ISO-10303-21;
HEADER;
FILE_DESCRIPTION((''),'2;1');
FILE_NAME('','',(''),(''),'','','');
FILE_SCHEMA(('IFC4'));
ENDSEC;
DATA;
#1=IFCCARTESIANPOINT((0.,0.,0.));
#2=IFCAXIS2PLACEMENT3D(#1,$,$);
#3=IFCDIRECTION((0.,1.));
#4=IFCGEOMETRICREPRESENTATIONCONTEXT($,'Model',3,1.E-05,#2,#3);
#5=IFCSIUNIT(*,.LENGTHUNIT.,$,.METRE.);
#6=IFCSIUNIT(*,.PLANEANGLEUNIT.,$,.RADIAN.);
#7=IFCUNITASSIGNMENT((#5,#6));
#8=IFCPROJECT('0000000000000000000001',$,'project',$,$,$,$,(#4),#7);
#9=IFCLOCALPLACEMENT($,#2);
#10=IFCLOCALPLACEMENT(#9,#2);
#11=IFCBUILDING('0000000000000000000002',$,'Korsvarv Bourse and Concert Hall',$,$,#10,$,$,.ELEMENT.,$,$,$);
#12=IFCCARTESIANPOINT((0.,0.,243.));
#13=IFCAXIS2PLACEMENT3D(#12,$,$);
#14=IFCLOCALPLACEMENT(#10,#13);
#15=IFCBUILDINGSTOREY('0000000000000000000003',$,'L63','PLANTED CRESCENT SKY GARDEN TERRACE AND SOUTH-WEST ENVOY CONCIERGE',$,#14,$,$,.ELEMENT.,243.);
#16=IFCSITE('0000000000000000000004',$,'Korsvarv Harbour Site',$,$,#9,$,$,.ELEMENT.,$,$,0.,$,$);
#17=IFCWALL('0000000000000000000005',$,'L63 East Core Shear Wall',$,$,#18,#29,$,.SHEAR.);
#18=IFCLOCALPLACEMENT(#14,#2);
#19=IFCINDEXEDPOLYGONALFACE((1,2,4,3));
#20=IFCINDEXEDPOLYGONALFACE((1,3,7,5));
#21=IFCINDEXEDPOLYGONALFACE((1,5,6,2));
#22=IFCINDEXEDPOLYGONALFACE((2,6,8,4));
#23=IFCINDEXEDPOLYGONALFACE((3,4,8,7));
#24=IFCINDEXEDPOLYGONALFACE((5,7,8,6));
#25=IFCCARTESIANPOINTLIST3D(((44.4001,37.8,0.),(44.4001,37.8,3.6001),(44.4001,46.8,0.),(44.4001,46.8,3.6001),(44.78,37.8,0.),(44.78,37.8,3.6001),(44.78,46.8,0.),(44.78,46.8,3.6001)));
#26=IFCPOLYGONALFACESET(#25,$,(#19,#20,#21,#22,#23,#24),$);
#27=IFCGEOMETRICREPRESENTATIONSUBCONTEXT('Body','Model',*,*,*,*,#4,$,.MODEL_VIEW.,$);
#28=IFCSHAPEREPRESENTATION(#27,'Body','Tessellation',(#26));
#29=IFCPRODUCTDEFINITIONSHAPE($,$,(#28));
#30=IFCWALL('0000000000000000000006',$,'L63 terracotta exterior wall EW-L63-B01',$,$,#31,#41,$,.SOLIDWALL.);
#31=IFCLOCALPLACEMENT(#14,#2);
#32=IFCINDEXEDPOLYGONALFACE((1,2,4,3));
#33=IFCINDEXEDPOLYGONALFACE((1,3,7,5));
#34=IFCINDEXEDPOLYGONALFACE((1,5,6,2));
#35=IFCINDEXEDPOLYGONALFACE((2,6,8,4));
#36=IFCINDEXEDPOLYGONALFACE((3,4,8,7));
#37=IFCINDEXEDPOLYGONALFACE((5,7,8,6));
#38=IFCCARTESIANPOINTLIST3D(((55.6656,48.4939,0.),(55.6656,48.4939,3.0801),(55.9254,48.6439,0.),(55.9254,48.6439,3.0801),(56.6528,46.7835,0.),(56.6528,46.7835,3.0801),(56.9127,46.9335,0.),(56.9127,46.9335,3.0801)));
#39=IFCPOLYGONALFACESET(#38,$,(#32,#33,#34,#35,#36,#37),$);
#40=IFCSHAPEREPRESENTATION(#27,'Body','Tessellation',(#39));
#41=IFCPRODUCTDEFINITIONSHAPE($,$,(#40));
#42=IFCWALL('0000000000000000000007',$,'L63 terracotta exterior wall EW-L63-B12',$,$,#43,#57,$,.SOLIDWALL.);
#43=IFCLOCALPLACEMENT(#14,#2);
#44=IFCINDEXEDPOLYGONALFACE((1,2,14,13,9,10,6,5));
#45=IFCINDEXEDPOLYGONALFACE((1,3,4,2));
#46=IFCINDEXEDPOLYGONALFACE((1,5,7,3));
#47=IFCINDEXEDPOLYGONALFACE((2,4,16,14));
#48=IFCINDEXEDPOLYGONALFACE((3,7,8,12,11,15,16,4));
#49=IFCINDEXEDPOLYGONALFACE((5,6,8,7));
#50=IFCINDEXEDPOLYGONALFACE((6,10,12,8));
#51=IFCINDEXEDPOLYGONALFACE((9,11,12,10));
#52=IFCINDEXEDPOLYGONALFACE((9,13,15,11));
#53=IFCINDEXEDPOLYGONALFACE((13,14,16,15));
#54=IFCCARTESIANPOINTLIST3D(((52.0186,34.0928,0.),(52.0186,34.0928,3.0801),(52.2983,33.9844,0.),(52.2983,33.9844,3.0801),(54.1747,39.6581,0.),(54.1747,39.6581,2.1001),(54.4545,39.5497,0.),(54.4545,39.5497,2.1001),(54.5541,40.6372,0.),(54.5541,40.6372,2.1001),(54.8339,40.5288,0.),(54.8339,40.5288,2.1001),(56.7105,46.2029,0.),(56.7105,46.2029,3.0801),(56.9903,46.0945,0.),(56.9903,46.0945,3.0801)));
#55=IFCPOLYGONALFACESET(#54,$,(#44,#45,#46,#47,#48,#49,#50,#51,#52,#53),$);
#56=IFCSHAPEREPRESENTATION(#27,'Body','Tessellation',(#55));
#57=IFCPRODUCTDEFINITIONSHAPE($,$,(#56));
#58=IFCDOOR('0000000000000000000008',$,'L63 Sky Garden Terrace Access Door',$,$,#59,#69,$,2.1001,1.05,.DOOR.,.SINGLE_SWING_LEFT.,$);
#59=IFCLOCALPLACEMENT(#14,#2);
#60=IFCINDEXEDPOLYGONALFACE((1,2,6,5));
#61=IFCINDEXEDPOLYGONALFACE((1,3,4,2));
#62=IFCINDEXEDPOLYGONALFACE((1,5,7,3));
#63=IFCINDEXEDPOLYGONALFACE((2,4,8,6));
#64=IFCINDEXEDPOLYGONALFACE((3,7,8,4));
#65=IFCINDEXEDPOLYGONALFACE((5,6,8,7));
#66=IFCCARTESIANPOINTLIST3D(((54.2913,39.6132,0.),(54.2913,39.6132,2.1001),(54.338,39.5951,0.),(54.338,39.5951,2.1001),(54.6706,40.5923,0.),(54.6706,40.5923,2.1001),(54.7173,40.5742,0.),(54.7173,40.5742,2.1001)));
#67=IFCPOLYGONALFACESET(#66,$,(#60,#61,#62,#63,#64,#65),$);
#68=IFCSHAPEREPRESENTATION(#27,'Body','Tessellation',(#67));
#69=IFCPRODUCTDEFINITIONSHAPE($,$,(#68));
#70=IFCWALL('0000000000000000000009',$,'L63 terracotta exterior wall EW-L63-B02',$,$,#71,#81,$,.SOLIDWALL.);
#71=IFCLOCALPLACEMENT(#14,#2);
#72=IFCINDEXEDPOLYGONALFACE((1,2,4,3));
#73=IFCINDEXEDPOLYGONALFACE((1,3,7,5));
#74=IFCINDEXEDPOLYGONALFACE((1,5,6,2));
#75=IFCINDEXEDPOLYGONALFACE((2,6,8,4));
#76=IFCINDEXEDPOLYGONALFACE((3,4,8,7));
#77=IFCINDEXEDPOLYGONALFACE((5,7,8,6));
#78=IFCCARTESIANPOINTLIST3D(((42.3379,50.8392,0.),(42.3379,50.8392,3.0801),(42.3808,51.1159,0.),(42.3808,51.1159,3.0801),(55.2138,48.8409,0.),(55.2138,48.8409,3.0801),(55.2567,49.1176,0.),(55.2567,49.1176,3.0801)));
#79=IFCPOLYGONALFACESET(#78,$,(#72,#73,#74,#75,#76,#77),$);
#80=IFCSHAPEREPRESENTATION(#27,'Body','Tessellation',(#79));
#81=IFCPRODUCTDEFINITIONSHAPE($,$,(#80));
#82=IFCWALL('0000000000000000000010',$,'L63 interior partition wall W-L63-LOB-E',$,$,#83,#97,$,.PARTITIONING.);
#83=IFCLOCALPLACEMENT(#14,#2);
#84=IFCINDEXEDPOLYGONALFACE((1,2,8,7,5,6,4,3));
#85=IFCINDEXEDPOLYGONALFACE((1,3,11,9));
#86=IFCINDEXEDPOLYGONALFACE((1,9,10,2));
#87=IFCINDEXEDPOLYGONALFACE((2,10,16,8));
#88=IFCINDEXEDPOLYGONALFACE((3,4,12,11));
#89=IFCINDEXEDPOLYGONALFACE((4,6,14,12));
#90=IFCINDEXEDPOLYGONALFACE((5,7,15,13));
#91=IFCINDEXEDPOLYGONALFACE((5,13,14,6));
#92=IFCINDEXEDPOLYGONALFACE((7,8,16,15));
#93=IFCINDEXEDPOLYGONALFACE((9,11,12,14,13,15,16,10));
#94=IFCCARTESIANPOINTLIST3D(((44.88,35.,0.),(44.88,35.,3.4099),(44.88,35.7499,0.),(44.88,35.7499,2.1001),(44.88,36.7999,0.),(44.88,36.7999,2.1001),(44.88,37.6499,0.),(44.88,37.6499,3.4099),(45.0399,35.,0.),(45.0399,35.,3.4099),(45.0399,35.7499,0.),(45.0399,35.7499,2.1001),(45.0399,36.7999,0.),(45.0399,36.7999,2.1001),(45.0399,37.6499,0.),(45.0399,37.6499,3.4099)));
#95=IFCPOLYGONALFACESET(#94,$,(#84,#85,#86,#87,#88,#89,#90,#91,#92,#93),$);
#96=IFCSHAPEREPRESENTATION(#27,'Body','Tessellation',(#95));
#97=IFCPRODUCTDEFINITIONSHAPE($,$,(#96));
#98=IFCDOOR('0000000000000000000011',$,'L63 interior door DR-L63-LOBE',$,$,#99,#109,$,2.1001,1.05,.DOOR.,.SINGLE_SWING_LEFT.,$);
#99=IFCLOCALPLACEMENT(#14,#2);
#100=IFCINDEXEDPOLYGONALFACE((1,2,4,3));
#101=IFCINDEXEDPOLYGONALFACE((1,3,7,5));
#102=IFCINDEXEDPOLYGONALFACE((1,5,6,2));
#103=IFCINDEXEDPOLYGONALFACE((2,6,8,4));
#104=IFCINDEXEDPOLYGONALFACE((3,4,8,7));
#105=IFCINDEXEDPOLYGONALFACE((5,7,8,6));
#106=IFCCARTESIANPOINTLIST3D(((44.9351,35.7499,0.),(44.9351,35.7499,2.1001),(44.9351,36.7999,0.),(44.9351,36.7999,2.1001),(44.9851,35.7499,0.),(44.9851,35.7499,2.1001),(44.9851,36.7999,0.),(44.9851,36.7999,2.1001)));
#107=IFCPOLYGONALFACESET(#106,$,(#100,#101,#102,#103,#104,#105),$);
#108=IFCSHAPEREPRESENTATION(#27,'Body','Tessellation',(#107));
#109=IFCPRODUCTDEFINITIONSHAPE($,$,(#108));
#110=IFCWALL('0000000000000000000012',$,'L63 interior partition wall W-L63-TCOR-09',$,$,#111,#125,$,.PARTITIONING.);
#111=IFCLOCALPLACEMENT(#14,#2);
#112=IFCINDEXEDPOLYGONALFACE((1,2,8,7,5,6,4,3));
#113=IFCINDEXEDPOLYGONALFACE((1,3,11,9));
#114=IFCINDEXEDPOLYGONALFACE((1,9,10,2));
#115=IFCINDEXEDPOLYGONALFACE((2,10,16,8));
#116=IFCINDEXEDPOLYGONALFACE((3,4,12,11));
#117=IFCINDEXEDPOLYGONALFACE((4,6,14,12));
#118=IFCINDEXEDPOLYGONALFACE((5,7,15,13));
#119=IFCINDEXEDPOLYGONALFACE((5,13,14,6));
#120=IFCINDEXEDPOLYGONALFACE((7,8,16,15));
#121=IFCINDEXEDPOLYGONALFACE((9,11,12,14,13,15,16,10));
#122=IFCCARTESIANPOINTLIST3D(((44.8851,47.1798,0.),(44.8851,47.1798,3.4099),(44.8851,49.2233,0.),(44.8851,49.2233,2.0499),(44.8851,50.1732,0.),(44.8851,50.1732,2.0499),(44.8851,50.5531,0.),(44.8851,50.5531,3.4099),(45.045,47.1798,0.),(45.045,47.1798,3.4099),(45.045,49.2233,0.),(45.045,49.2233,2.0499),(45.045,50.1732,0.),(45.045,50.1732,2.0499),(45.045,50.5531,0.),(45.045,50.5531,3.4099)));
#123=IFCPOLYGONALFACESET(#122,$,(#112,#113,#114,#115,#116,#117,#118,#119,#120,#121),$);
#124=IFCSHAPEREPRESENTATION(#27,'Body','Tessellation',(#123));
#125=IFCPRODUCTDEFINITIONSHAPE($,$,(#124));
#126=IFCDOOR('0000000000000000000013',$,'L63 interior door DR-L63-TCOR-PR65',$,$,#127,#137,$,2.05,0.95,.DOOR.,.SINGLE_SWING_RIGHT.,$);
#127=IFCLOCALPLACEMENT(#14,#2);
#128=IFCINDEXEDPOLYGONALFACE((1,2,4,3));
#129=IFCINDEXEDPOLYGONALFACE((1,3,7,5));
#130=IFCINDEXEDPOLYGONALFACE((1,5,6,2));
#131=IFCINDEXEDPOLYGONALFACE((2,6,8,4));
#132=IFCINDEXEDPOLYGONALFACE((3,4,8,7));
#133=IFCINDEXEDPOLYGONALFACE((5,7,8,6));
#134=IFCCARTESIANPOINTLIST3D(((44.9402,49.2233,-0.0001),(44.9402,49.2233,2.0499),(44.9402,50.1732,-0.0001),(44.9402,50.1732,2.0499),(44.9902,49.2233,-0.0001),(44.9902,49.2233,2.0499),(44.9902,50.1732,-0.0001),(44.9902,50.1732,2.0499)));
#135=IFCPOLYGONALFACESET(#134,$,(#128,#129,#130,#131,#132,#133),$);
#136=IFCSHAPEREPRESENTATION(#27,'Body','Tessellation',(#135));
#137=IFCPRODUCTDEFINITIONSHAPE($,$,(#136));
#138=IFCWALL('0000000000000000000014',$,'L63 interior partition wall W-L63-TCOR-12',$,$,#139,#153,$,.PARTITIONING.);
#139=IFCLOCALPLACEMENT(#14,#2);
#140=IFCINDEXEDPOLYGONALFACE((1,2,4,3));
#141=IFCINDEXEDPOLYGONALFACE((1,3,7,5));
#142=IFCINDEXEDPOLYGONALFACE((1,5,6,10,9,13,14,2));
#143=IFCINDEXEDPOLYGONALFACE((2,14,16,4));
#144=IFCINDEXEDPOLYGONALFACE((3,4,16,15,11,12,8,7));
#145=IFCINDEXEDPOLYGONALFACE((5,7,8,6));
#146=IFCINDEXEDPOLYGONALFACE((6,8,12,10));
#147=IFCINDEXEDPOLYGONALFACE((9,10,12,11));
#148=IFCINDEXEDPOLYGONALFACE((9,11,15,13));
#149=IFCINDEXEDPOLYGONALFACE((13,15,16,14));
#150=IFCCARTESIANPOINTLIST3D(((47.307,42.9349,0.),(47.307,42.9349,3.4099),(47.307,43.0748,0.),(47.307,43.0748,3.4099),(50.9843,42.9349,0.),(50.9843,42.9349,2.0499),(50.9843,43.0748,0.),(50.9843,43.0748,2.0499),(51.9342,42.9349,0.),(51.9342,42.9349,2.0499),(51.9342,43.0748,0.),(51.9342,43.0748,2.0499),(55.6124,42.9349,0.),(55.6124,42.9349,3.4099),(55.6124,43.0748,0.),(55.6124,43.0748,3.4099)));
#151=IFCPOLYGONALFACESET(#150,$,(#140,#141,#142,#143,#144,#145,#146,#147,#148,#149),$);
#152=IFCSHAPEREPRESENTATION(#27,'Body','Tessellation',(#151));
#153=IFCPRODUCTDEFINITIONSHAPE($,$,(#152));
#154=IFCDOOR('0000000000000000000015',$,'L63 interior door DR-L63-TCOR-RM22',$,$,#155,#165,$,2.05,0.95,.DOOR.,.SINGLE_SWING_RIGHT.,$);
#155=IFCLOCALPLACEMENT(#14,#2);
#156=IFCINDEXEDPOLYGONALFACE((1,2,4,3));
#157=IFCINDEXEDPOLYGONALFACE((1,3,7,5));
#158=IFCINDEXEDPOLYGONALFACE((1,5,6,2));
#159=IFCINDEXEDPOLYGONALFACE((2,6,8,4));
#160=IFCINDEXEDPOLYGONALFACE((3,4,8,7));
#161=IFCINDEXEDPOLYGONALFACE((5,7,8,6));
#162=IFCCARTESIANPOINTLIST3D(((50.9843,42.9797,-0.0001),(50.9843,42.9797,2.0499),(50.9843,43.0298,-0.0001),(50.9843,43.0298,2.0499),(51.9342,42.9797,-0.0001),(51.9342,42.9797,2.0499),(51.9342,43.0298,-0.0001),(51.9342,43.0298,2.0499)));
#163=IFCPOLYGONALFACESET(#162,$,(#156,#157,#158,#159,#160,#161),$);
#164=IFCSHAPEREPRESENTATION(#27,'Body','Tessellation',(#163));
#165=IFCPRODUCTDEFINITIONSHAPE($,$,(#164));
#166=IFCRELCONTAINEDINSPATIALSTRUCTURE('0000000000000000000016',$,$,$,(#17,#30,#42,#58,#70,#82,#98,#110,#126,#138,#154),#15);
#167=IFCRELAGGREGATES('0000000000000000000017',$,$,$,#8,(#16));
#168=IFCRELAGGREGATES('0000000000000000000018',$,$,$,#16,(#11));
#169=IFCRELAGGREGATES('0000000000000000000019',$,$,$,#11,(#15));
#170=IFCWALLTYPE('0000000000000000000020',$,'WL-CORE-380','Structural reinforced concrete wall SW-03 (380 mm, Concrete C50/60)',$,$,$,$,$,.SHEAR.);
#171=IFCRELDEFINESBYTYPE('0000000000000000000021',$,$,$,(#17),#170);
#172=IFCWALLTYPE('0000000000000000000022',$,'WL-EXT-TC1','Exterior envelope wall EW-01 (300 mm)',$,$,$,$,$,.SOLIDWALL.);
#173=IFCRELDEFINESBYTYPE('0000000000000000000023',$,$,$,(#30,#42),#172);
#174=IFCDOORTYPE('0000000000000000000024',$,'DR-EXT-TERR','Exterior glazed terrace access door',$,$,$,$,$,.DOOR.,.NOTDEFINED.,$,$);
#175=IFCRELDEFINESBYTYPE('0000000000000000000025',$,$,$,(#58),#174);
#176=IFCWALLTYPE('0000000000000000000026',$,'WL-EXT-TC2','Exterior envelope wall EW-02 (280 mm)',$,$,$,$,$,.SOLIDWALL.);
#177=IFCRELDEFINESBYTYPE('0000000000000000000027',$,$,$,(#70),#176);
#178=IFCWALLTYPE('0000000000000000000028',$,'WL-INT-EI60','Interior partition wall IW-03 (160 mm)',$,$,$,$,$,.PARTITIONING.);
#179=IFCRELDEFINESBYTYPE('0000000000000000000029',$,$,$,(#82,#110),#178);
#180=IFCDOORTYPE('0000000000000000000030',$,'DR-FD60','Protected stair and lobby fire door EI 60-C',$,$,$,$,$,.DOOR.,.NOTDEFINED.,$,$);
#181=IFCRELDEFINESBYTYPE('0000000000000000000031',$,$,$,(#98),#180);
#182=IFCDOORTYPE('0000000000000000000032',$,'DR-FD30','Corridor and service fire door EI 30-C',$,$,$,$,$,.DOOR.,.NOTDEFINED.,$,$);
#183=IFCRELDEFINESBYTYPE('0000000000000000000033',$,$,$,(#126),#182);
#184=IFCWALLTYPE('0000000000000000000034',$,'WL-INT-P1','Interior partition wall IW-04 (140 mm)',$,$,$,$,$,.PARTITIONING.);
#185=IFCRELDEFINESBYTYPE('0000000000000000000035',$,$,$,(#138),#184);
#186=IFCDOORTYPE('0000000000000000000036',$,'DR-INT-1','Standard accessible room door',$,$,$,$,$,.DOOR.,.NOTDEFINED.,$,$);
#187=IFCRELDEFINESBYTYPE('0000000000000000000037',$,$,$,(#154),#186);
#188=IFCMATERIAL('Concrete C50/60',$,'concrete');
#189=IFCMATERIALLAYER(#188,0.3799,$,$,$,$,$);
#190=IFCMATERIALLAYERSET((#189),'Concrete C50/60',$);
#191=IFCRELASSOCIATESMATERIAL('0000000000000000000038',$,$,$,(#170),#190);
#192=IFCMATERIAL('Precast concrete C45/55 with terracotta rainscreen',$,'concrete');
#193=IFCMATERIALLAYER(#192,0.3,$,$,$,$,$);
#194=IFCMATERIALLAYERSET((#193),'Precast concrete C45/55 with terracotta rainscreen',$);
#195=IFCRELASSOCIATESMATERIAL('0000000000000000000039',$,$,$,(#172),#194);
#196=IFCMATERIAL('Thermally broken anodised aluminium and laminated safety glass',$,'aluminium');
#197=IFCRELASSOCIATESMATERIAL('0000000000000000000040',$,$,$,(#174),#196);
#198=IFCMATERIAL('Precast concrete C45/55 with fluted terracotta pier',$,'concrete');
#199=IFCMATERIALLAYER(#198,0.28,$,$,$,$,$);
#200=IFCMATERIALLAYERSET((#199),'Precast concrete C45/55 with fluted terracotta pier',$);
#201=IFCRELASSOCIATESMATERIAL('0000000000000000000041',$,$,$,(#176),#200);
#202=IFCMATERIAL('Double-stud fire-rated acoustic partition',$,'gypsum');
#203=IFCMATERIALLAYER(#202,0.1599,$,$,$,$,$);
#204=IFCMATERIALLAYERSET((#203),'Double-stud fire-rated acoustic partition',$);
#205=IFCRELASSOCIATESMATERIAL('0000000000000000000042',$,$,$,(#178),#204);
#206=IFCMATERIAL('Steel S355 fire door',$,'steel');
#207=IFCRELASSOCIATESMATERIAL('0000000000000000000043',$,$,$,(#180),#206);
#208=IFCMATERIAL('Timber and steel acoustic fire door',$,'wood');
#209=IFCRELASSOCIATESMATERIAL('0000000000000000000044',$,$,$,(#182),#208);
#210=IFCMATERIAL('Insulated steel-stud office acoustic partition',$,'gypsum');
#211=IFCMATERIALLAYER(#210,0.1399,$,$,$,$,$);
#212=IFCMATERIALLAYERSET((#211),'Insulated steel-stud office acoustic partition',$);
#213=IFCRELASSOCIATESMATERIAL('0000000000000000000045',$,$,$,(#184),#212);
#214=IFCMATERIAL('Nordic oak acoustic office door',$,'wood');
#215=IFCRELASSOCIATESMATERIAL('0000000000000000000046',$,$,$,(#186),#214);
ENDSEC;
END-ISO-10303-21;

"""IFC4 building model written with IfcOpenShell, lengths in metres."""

from ifc_helpers import new_model, si_unit, direction, frame, frame_2d, origin, place, context, subcontext, project, spatial, rectangle, extrude, material, layer, layer_set, type_object, element, fill, save


model = new_model("IFC4")

# Units and contexts
model_context = context("Model", 3, precision=1e-05, world=origin(), true_north=direction((0.0, 1.0)))
body_context = subcontext(model_context, "Body", "Model", "MODEL_VIEW")
ifc_project = project(units=[si_unit("LENGTHUNIT", "METRE"), si_unit("PLANEANGLEUNIT", "RADIAN")], contexts=[model_context])

# Site, building, storey
site_placement = place(None, origin())
site = spatial("IfcSite", under=ifc_project, at=site_placement, Name="Korsvarv Harbour Site", CompositionType="ELEMENT", RefElevation=0.0)
building_placement = place(site_placement, origin())
building = spatial("IfcBuilding", under=site, at=building_placement, Name="Korsvarv Bourse and Concert Hall", CompositionType="ELEMENT")
storey_placement = place(building_placement, frame((0.0, 0.0, 243.0)))
storey = spatial("IfcBuildingStorey", under=building, at=storey_placement, Name="L63", Description="PLANTED CRESCENT SKY GARDEN TERRACE AND SOUTH-WEST ENVOY CONCIERGE", CompositionType="ELEMENT", Elevation=243.0)

# Shared definitions
ifc_material_1 = material(Name="Concrete C50/60", Category="concrete")

# Walls
ifc_layer_1 = layer(ifc_material_1, 0.3799)
ifc_layer_set_1 = layer_set([ifc_layer_1], Name="Concrete C50/60")
wall_type_1 = type_object("IfcWallType", Name="WL-CORE-380", Description="Structural reinforced concrete wall SW-03 (380 mm, Concrete C50/60)", PredefinedType="SHEAR", material=ifc_layer_set_1)
wall_1_placement = place(storey_placement, frame((44.5901, 37.8, 0.0), z_axis=(0.0, 0.0, 1.0), x_axis=(0.0, 1.0, 0.0)))
element("IfcWall", 1, at=wall_1_placement, inside=storey, type_object=wall_type_1, Name="L63 East Core Shear Wall", PredefinedType="SHEAR", context=body_context, shape_type="SweptSolid", body=[
    extrude(rectangle(XDim=9.0, YDim=0.3799, at=frame_2d((4.5, 0.0))), origin(), (0.0, 0.0, 1.0), 3.6001),
])
ifc_material_2 = material(Name="Precast concrete C45/55 with terracotta rainscreen", Category="concrete")
ifc_layer_2 = layer(ifc_material_2, 0.3)
ifc_layer_set_2 = layer_set([ifc_layer_2], Name="Precast concrete C45/55 with terracotta rainscreen")
wall_type_2 = type_object("IfcWallType", Name="WL-EXT-TC1", Description="Exterior envelope wall EW-01 (300 mm)", PredefinedType="SOLIDWALL", material=ifc_layer_set_2)
wall_2_placement = place(storey_placement, frame((56.7827, 46.8586, 0.0), z_axis=(0.0, 0.0, 1.0), x_axis=(-0.499915, 0.866074, 0.0)))
element("IfcWall", 2, at=wall_2_placement, inside=storey, type_object=wall_type_2, Name="L63 terracotta exterior wall EW-L63-B01", PredefinedType="SOLIDWALL", context=body_context, shape_type="SweptSolid", body=[
    extrude(rectangle(XDim=1.9749, YDim=0.3, at=frame_2d((0.9873, 0.0))), origin(), (0.0, 0.0, 1.0), 3.0801),
])

# Wall, opening, door
wall_3_placement = place(storey_placement, frame((52.1584, 34.0386, 0.0), z_axis=(0.0, 0.0, 1.0), x_axis=(0.361269, 0.932461, 0.0)))
wall_3 = element("IfcWall", 3, at=wall_3_placement, inside=storey, type_object=wall_type_2, Name="L63 terracotta exterior wall EW-L63-B12", PredefinedType="SOLIDWALL", context=body_context, shape_type="SweptSolid", body=[
    extrude(rectangle(XDim=12.9873, YDim=0.3, at=frame_2d((6.4937, 0.0))), origin(), (0.0, 0.0, 1.0), 3.0801),
])
opening_1_placement = place(wall_3_placement, frame((5.9685, 0.0, 0.0)))
opening_1 = element("IfcOpeningElement", 4, at=opening_1_placement, cuts=wall_3, PredefinedType="OPENING", context=body_context, shape_type="SweptSolid", body=[
    extrude(rectangle(XDim=1.05, YDim=2.1001, at=frame_2d((0.5249, 1.05))), frame((0.0, 0.1602, 0.0), z_axis=(0.0, -1.0, 0.0), x_axis=(1.0, 0.0, 0.0)), (0.0, 0.0, 1.0), 0.3201),
])
ifc_material_3 = material(Name="Thermally broken anodised aluminium and laminated safety glass", Category="aluminium")
door_type_1 = type_object("IfcDoorType", Name="DR-EXT-TERR", Description="Exterior glazed terrace access door", OperationType="NOTDEFINED", PredefinedType="DOOR", material=ifc_material_3)
door_1_placement = place(opening_1_placement, frame((1.05, 0.0, 0.0), z_axis=(0.0, 0.0, 1.0), x_axis=(-1.0, 0.0, 0.0)))
door_1 = element("IfcDoor", 5, at=door_1_placement, inside=storey, type_object=door_type_1, Name="L63 Sky Garden Terrace Access Door", OperationType="SINGLE_SWING_LEFT", OverallHeight=2.1001, OverallWidth=1.05, PredefinedType="DOOR", context=body_context, shape_type="SweptSolid", body=[
    extrude(rectangle(XDim=1.05, YDim=2.1001, at=frame_2d((0.5249, 1.05))), frame((0.0, 0.0249, 0.0), z_axis=(0.0, -1.0, 0.0), x_axis=(1.0, 0.0, 0.0)), (0.0, 0.0, 1.0), 0.05),
])
fill(opening_1, door_1)

# Wall
ifc_material_4 = material(Name="Precast concrete C45/55 with fluted terracotta pier", Category="concrete")
ifc_layer_3 = layer(ifc_material_4, 0.28)
ifc_layer_set_3 = layer_set([ifc_layer_3], Name="Precast concrete C45/55 with fluted terracotta pier")
wall_type_3 = type_object("IfcWallType", Name="WL-EXT-TC2", Description="Exterior envelope wall EW-02 (280 mm)", PredefinedType="SOLIDWALL", material=ifc_layer_set_3)
wall_4_placement = place(storey_placement, frame((55.2354, 48.9792, 0.0), z_axis=(0.0, 0.0, 1.0), x_axis=(-0.98817, 0.153359, 0.0)))
element("IfcWall", 6, at=wall_4_placement, inside=storey, type_object=wall_type_3, Name="L63 terracotta exterior wall EW-L63-B02", PredefinedType="SOLIDWALL", context=body_context, shape_type="SweptSolid", body=[
    extrude(rectangle(XDim=13.03, YDim=0.28, at=frame_2d((6.5151, 0.0))), origin(), (0.0, 0.0, 1.0), 3.0801),
])

# Walls, openings, doors
ifc_material_5 = material(Name="Double-stud fire-rated acoustic partition", Category="gypsum")
ifc_layer_4 = layer(ifc_material_5, 0.1599)
ifc_layer_set_4 = layer_set([ifc_layer_4], Name="Double-stud fire-rated acoustic partition")
wall_type_4 = type_object("IfcWallType", Name="WL-INT-EI60", Description="Interior partition wall IW-03 (160 mm)", PredefinedType="PARTITIONING", material=ifc_layer_set_4)
wall_5_placement = place(storey_placement, frame((44.96, 35.0, 0.0), z_axis=(0.0, 0.0, 1.0), x_axis=(0.0, 1.0, 0.0)))
wall_5 = element("IfcWall", 7, at=wall_5_placement, inside=storey, type_object=wall_type_4, Name="L63 interior partition wall W-L63-LOB-E", PredefinedType="PARTITIONING", context=body_context, shape_type="SweptSolid", body=[
    extrude(rectangle(XDim=2.6499, YDim=0.1599, at=frame_2d((1.325, 0.0))), origin(), (0.0, 0.0, 1.0), 3.4099),
])
opening_2_placement = place(wall_5_placement, frame((0.75, 0.0, 0.0)))
opening_2 = element("IfcOpeningElement", 8, at=opening_2_placement, cuts=wall_5, PredefinedType="OPENING", context=body_context, shape_type="SweptSolid", body=[
    extrude(rectangle(XDim=1.05, YDim=2.1001, at=frame_2d((0.5249, 1.05))), frame((0.0, 0.0898, 0.0), z_axis=(0.0, -1.0, 0.0), x_axis=(1.0, 0.0, 0.0)), (0.0, 0.0, 1.0), 0.1799),
])
ifc_material_6 = material(Name="Steel S355 fire door", Category="steel")
door_type_2 = type_object("IfcDoorType", Name="DR-FD60", Description="Protected stair and lobby fire door EI 60-C", OperationType="NOTDEFINED", PredefinedType="DOOR", material=ifc_material_6)
door_2_placement = place(opening_2_placement, origin())
door_2 = element("IfcDoor", 9, at=door_2_placement, inside=storey, type_object=door_type_2, Name="L63 interior door DR-L63-LOBE", OperationType="SINGLE_SWING_LEFT", OverallHeight=2.1001, OverallWidth=1.05, PredefinedType="DOOR", context=body_context, shape_type="SweptSolid", body=[
    extrude(rectangle(XDim=1.05, YDim=2.1001, at=frame_2d((0.5249, 1.05))), frame((0.0, 0.0249, 0.0), z_axis=(0.0, -1.0, 0.0), x_axis=(1.0, 0.0, 0.0)), (0.0, 0.0, 1.0), 0.05),
])
fill(opening_2, door_2)
wall_6_placement = place(storey_placement, frame((44.9651, 47.1799, 0.0), z_axis=(0.0, 0.0, 1.0), x_axis=(0.0, 1.0, 0.0)))
wall_6 = element("IfcWall", 10, at=wall_6_placement, inside=storey, type_object=wall_type_4, Name="L63 interior partition wall W-L63-TCOR-09", PredefinedType="PARTITIONING", context=body_context, shape_type="SweptSolid", body=[
    extrude(rectangle(XDim=3.3733, YDim=0.1599, at=frame_2d((1.6865, 0.0))), origin(), (0.0, 0.0, 1.0), 3.4099),
])
opening_3_placement = place(wall_6_placement, frame((2.0432, 0.0, 0.0)))
opening_3 = element("IfcOpeningElement", 11, at=opening_3_placement, cuts=wall_6, PredefinedType="OPENING", context=body_context, shape_type="SweptSolid", body=[
    extrude(rectangle(XDim=0.95, YDim=2.05, at=frame_2d((0.4751, 1.0249))), frame((0.0, 0.0898, 0.0), z_axis=(0.0, -1.0, 0.0), x_axis=(1.0, 0.0, 0.0)), (0.0, 0.0, 1.0), 0.1799),
])
ifc_material_7 = material(Name="Timber and steel acoustic fire door", Category="wood")
door_type_3 = type_object("IfcDoorType", Name="DR-FD30", Description="Corridor and service fire door EI 30-C", OperationType="NOTDEFINED", PredefinedType="DOOR", material=ifc_material_7)
door_3_placement = place(opening_3_placement, origin())
door_3 = element("IfcDoor", 12, at=door_3_placement, inside=storey, type_object=door_type_3, Name="L63 interior door DR-L63-TCOR-PR65", OperationType="SINGLE_SWING_RIGHT", OverallHeight=2.05, OverallWidth=0.95, PredefinedType="DOOR", context=body_context, shape_type="SweptSolid", body=[
    extrude(rectangle(XDim=0.95, YDim=2.05, at=frame_2d((0.4751, 1.0249))), frame((0.0, 0.0249, 0.0), z_axis=(0.0, -1.0, 0.0), x_axis=(1.0, 0.0, 0.0)), (0.0, 0.0, 1.0), 0.05),
])
fill(opening_3, door_3)
ifc_material_8 = material(Name="Insulated steel-stud office acoustic partition", Category="gypsum")
ifc_layer_5 = layer(ifc_material_8, 0.1399)
ifc_layer_set_5 = layer_set([ifc_layer_5], Name="Insulated steel-stud office acoustic partition")
wall_type_5 = type_object("IfcWallType", Name="WL-INT-P1", Description="Interior partition wall IW-04 (140 mm)", PredefinedType="PARTITIONING", material=ifc_layer_set_5)
wall_7_placement = place(storey_placement, frame((47.3069, 43.0049, 0.0), z_axis=(0.0, 0.0, 1.0), x_axis=(1.0, 0.0, 0.0)))
wall_7 = element("IfcWall", 13, at=wall_7_placement, inside=storey, type_object=wall_type_5, Name="L63 interior partition wall W-L63-TCOR-12", PredefinedType="PARTITIONING", context=body_context, shape_type="SweptSolid", body=[
    extrude(rectangle(XDim=8.3054, YDim=0.1399, at=frame_2d((4.1528, 0.0))), origin(), (0.0, 0.0, 1.0), 3.4099),
])
opening_4_placement = place(wall_7_placement, frame((3.6772, 0.0, 0.0)))
opening_4 = element("IfcOpeningElement", 14, at=opening_4_placement, cuts=wall_7, PredefinedType="OPENING", context=body_context, shape_type="SweptSolid", body=[
    extrude(rectangle(XDim=0.95, YDim=2.05, at=frame_2d((0.4751, 1.0249))), frame((0.0, 0.0801, 0.0), z_axis=(0.0, -1.0, 0.0), x_axis=(1.0, 0.0, 0.0)), (0.0, 0.0, 1.0), 0.1599),
])
ifc_material_9 = material(Name="Nordic oak acoustic office door", Category="wood")
door_type_4 = type_object("IfcDoorType", Name="DR-INT-1", Description="Standard accessible room door", OperationType="NOTDEFINED", PredefinedType="DOOR", material=ifc_material_9)
door_4_placement = place(opening_4_placement, origin())
door_4 = element("IfcDoor", 15, at=door_4_placement, inside=storey, type_object=door_type_4, Name="L63 interior door DR-L63-TCOR-RM22", OperationType="SINGLE_SWING_RIGHT", OverallHeight=2.05, OverallWidth=0.95, PredefinedType="DOOR", context=body_context, shape_type="SweptSolid", body=[
    extrude(rectangle(XDim=0.95, YDim=2.05, at=frame_2d((0.4751, 1.0249))), frame((0.0, 0.0249, 0.0), z_axis=(0.0, -1.0, 0.0), x_axis=(1.0, 0.0, 0.0)), (0.0, 0.0, 1.0), 0.05),
])
fill(opening_4, door_4)

save(model, "model.ifc")
